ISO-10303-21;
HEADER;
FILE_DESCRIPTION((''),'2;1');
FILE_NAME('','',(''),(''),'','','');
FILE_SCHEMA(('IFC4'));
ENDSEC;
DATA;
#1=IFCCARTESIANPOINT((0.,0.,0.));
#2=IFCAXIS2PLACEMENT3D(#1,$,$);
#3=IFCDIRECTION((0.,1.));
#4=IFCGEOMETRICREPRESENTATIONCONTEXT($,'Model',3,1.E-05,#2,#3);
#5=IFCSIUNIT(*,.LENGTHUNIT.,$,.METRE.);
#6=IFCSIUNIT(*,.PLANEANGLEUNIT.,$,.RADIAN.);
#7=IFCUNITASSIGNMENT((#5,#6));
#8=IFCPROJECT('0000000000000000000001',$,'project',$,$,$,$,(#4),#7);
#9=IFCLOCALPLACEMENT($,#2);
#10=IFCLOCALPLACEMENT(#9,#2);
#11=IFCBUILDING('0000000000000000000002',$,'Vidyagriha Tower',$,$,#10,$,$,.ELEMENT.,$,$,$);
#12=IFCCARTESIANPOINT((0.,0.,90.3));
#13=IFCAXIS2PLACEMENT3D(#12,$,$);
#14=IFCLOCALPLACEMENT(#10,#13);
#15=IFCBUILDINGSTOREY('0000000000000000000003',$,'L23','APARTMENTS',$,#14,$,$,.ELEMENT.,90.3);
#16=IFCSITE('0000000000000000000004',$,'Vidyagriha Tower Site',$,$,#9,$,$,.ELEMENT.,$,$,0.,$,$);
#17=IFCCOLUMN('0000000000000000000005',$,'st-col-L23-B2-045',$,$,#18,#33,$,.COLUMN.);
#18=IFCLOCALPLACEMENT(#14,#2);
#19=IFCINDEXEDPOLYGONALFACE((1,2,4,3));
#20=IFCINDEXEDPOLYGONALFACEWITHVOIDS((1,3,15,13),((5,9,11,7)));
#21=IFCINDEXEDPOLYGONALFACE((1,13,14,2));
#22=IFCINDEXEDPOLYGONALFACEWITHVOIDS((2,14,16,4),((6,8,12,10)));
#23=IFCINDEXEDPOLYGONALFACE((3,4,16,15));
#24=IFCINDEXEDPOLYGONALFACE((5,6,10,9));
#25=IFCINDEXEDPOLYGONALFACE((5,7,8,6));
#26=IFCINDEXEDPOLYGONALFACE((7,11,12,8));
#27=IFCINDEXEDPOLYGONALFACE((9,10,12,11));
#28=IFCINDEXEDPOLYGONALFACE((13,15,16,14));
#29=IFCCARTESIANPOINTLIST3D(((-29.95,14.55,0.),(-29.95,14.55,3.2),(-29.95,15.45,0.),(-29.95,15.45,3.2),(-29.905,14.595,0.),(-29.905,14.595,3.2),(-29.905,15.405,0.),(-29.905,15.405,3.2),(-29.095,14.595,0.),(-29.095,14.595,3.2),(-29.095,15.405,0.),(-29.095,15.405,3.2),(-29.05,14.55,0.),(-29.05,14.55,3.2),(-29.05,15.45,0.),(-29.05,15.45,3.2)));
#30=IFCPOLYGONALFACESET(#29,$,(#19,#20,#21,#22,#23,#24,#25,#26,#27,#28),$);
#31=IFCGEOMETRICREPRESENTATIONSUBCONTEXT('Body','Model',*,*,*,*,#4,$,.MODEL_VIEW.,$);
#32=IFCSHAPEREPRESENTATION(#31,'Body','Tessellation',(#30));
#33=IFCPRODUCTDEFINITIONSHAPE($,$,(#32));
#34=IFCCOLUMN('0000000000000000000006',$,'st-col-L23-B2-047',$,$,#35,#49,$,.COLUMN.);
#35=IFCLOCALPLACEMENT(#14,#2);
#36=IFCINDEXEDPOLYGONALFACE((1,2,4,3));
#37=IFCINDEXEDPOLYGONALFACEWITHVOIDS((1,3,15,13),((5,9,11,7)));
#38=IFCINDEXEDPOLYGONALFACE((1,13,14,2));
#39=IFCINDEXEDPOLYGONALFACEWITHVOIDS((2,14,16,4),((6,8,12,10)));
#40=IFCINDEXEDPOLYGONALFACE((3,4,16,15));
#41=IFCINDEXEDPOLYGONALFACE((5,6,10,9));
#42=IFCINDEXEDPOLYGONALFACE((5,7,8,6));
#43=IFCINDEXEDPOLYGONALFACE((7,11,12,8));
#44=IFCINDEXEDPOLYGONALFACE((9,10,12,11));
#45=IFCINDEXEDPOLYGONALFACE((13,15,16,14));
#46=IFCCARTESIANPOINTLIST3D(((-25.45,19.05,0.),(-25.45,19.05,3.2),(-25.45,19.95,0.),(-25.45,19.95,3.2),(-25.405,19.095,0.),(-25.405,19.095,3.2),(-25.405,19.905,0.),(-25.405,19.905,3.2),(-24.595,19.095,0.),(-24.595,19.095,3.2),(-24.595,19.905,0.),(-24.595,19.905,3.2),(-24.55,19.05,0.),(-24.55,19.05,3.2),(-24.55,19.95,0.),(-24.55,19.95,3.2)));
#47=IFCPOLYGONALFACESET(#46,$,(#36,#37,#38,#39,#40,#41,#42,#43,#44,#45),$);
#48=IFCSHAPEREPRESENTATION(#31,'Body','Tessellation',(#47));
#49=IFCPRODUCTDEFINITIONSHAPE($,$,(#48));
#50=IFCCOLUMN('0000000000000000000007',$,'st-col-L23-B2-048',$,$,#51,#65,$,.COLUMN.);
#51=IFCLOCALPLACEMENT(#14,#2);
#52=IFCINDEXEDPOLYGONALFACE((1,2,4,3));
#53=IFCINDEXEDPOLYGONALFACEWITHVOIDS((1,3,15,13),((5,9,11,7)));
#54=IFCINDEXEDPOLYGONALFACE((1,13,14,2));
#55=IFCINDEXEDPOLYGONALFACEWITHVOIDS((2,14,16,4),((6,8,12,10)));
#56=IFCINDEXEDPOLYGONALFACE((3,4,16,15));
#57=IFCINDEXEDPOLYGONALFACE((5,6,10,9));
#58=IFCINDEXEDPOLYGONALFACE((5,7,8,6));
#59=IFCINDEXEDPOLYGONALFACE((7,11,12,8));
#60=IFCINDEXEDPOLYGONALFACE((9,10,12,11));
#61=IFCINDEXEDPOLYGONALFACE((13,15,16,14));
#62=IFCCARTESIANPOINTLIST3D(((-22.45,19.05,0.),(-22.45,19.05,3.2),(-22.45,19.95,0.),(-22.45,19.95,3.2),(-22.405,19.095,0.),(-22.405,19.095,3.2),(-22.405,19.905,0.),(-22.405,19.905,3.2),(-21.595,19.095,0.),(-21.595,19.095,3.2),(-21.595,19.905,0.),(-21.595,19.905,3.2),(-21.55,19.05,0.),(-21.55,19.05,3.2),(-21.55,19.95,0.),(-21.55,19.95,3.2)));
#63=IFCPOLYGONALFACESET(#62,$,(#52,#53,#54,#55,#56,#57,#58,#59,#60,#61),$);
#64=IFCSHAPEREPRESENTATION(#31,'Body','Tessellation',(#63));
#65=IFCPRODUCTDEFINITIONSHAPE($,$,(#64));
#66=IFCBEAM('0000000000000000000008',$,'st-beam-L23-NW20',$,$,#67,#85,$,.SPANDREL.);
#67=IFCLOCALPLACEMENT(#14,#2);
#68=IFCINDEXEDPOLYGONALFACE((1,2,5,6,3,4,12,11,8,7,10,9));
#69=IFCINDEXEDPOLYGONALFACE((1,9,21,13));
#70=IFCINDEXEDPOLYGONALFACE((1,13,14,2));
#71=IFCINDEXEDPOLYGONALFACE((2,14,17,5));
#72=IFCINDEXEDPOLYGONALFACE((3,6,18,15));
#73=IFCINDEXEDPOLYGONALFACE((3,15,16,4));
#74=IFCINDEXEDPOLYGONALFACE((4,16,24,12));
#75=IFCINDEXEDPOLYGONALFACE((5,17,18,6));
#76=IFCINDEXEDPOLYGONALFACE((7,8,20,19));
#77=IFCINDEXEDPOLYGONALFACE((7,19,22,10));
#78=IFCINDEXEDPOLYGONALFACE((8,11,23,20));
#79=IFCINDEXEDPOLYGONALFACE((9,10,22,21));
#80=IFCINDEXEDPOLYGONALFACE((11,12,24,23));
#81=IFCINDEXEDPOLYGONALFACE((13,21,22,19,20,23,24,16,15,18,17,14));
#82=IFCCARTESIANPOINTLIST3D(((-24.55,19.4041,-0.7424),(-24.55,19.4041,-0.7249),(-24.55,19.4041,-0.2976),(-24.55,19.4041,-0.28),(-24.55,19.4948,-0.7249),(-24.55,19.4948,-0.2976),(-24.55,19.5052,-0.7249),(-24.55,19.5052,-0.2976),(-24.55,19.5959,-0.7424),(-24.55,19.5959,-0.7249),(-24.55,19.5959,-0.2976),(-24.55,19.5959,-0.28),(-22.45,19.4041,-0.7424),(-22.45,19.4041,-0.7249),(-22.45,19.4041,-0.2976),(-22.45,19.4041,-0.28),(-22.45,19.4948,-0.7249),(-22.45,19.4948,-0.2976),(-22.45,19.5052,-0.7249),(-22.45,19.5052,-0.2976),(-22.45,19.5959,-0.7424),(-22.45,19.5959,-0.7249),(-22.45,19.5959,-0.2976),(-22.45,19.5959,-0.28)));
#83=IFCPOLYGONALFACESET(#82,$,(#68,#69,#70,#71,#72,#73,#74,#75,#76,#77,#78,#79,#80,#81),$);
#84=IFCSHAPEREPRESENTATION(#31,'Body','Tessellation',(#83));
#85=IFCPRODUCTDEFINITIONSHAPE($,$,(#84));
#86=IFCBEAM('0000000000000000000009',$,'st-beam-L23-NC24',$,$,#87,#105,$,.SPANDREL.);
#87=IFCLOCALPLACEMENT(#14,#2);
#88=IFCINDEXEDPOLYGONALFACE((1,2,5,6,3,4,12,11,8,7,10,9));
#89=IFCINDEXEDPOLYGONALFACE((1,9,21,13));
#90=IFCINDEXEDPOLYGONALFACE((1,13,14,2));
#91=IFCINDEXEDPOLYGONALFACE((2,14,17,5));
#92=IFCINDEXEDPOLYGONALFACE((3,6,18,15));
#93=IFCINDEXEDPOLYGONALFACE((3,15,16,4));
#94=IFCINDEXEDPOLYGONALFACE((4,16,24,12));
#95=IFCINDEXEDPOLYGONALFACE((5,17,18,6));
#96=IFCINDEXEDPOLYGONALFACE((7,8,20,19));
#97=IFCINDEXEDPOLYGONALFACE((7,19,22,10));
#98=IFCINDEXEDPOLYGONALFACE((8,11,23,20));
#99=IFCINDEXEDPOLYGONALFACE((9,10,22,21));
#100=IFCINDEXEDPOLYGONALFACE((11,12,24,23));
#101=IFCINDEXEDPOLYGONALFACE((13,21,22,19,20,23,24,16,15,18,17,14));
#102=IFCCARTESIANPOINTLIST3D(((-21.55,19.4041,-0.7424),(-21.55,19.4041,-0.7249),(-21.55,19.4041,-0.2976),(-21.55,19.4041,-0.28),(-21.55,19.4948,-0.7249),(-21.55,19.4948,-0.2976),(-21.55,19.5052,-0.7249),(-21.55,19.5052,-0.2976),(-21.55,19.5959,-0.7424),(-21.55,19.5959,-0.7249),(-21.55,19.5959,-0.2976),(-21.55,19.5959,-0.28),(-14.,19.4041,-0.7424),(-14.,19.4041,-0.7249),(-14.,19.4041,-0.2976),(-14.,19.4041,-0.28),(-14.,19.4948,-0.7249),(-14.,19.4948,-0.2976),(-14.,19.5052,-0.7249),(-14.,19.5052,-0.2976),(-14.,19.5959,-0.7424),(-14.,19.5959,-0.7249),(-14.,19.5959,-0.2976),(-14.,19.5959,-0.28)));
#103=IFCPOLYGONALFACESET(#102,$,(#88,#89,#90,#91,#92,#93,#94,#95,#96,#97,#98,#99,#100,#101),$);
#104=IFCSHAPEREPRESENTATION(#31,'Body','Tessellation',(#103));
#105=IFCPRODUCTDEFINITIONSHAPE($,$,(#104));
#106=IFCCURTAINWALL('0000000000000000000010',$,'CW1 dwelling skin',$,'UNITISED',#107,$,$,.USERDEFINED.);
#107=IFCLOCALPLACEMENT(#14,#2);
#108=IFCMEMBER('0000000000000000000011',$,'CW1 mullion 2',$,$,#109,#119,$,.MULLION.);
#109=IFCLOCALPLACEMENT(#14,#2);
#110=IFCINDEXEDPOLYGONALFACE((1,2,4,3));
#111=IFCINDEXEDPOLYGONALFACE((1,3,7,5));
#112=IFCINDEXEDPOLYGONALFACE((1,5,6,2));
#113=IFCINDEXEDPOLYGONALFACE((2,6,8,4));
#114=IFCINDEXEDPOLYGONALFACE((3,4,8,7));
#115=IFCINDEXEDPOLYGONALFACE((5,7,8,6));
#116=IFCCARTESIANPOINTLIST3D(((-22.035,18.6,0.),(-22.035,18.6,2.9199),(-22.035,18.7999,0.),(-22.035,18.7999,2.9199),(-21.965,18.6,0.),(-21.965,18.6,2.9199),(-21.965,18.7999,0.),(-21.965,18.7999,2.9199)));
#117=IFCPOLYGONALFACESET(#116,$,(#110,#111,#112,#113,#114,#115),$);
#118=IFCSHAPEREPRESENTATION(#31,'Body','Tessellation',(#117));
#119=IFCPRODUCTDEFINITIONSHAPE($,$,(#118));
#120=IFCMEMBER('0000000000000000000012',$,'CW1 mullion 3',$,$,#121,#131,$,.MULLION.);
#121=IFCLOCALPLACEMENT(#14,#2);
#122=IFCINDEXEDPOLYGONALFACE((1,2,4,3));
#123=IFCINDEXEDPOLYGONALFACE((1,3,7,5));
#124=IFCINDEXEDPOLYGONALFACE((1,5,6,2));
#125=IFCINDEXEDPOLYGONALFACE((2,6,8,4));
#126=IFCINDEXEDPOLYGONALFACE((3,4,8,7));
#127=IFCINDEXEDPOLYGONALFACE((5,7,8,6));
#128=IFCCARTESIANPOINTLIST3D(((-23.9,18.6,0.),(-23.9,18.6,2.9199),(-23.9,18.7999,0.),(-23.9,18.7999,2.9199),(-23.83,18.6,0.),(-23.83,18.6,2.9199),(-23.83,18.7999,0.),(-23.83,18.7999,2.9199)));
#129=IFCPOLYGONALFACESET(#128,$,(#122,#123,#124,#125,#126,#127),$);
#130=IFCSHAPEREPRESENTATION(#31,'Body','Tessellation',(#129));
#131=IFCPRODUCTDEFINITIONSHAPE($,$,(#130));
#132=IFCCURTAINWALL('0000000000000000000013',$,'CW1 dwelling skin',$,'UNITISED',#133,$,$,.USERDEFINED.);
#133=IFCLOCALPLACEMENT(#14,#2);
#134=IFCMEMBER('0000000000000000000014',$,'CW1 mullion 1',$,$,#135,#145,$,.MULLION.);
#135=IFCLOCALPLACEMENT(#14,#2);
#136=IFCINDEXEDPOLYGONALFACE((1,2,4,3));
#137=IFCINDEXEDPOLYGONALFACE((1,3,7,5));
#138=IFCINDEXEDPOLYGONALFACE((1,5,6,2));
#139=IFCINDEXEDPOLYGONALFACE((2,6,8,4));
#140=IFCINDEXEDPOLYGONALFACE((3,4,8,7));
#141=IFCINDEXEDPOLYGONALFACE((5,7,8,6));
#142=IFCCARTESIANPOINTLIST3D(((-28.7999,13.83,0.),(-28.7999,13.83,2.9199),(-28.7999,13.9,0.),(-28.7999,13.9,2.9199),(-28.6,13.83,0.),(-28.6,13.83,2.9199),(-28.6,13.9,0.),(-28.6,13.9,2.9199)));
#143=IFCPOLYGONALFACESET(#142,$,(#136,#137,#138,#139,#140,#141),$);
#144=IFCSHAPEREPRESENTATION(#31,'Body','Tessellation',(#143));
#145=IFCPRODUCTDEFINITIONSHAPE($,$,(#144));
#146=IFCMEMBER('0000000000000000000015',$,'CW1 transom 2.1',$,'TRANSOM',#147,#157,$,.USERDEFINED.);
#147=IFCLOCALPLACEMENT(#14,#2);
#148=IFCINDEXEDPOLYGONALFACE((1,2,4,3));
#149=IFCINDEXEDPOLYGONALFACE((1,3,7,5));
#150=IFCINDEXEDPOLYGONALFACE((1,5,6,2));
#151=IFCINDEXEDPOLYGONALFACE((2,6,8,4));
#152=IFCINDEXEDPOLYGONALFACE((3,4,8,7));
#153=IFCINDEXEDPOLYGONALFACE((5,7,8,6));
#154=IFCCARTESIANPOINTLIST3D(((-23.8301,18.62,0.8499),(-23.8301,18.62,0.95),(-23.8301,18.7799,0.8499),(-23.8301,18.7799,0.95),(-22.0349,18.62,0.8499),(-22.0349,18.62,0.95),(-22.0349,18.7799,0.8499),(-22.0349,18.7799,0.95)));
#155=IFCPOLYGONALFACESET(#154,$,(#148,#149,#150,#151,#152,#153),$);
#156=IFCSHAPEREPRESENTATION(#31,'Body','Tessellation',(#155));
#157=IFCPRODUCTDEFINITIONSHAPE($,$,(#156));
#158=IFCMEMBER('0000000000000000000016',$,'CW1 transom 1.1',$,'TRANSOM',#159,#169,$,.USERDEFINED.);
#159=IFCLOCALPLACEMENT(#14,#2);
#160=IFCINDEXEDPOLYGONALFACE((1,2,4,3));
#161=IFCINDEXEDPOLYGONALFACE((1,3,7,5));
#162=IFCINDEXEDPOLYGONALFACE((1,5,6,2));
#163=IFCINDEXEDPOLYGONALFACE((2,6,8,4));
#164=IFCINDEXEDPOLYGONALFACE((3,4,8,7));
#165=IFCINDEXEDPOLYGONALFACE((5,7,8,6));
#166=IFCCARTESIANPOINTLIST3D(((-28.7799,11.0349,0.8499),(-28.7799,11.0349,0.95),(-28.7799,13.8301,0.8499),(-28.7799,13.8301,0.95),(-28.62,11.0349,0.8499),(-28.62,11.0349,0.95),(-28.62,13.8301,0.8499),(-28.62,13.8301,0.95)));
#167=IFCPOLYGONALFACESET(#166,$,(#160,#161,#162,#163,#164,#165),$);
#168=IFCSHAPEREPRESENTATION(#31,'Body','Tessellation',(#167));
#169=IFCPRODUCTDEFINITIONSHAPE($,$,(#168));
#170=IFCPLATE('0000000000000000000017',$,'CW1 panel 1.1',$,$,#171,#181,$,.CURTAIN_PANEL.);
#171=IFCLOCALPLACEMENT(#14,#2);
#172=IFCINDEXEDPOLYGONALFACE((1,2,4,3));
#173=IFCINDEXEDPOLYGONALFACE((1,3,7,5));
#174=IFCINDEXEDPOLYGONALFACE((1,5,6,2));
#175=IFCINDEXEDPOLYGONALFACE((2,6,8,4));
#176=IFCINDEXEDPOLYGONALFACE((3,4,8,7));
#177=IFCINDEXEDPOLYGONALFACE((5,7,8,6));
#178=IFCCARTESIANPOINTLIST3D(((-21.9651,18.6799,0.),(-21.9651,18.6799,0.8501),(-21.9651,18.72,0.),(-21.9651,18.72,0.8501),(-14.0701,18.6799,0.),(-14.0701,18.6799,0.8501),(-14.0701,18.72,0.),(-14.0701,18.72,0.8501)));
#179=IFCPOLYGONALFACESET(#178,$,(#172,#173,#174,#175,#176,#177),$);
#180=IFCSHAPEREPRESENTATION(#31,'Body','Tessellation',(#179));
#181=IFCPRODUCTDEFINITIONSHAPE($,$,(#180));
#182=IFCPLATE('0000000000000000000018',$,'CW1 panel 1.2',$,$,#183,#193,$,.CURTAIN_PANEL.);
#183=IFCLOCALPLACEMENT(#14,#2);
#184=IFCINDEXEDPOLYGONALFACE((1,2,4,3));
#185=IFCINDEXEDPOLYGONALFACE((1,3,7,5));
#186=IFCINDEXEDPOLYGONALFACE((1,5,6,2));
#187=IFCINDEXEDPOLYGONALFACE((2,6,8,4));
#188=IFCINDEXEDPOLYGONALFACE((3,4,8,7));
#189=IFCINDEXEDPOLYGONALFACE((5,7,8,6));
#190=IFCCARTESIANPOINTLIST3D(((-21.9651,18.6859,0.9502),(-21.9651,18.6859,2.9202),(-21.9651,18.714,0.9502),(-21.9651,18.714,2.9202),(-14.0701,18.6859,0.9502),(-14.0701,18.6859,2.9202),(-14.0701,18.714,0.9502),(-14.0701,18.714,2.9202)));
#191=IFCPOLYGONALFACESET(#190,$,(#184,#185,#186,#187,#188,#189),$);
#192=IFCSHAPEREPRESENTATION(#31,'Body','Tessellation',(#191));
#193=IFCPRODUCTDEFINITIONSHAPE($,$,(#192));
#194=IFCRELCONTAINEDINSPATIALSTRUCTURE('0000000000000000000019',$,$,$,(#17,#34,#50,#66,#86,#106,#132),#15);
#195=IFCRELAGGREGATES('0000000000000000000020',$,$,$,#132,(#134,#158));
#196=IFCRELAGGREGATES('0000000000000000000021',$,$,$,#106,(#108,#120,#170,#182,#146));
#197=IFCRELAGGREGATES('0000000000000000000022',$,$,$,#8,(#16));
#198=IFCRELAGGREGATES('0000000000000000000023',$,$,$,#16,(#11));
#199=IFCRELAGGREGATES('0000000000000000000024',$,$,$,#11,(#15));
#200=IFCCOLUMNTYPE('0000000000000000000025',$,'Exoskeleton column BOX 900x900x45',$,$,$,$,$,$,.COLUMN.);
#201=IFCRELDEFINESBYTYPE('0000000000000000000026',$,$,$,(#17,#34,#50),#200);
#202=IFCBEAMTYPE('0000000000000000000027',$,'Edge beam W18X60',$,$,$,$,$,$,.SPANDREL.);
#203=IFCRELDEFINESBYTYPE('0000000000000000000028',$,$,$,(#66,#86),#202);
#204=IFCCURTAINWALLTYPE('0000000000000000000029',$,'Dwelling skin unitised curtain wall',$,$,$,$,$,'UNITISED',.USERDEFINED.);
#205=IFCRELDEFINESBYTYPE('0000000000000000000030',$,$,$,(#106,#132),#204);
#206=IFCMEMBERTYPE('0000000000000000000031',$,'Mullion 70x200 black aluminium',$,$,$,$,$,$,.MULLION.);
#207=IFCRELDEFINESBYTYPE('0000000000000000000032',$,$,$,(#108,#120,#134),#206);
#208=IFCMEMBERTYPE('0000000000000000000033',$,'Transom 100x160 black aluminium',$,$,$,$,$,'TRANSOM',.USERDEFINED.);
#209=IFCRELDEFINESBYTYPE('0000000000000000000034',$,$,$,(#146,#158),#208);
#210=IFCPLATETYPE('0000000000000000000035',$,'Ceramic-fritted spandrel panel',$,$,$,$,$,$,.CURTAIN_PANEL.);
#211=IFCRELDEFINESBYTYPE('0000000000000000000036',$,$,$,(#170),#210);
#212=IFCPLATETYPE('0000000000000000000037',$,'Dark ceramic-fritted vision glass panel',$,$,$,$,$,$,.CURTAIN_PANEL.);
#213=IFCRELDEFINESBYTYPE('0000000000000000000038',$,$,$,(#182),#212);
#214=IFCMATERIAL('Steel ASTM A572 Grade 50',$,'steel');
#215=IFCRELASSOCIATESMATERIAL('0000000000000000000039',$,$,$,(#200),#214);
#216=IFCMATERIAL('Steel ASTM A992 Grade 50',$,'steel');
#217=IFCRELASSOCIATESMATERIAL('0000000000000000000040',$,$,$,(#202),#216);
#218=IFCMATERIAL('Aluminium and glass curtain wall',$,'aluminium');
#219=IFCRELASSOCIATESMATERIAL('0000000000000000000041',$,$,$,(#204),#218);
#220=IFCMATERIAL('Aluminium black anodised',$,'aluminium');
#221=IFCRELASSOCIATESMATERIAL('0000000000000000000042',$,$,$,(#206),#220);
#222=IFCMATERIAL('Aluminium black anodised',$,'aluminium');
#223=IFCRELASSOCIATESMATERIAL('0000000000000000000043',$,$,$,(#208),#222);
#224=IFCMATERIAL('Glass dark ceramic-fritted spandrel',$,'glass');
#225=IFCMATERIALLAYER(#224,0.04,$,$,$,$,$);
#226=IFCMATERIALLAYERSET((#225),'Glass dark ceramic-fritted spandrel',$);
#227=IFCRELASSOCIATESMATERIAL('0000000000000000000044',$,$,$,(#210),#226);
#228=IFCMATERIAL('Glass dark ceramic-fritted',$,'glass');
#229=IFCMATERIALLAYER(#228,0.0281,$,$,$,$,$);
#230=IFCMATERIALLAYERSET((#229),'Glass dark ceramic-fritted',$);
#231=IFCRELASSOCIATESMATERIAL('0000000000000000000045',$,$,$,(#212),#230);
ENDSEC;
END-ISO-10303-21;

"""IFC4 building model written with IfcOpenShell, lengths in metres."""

from ifc_helpers import new_model, si_unit, direction, frame, origin, origin_2d, place, context, subcontext, project, spatial, rectangle, hollow_rectangle, i_section, extrude, material, layer, layer_set, material_profile, profile_set, type_object, element, aggregate, save


model = new_model("IFC4")

# Units and contexts
model_context = context("Model", 3, precision=1e-05, world=origin(), true_north=direction((0.0, 1.0)))
body_context = subcontext(model_context, "Body", "Model", "MODEL_VIEW")
ifc_project = project(units=[si_unit("LENGTHUNIT", "METRE"), si_unit("PLANEANGLEUNIT", "RADIAN")], contexts=[model_context])

# Site, building, storey
site_placement = place(None, origin())
site = spatial("IfcSite", under=ifc_project, at=site_placement, Name="Vidyagriha Tower Site", CompositionType="ELEMENT", RefElevation=0.0)
building_placement = place(site_placement, origin())
building = spatial("IfcBuilding", under=site, at=building_placement, Name="Vidyagriha Tower", CompositionType="ELEMENT")
storey_placement = place(building_placement, frame((0.0, 0.0, 90.3)))
storey = spatial("IfcBuildingStorey", under=building, at=storey_placement, Name="L23", Description="APARTMENTS", CompositionType="ELEMENT", Elevation=90.3)

# Columns
ifc_material_1 = material(Name="Steel ASTM A572 Grade 50", Category="steel")
ifc_material_profile_1 = material_profile(ifc_material_1, hollow_rectangle(XDim=0.8999, YDim=0.8999, WallThickness=0.0449, at=origin_2d()), Name="BOX 900x900x45")
ifc_profile_set_1 = profile_set([ifc_material_profile_1], Name="Steel ASTM A572 Grade 50")
column_type = type_object("IfcColumnType", Name="Exoskeleton column BOX 900x900x45", PredefinedType="COLUMN", material=ifc_profile_set_1)
for number, where, name in (
    (1, (-29.5, 15.0, 0.0), "st-col-L23-B2-045"),
    (2, (-25.0, 19.5, 0.0), "st-col-L23-B2-047"),
    (3, (-22.0, 19.5, 0.0), "st-col-L23-B2-048"),
):
    element("IfcColumn", number, at=place(storey_placement, frame(where)), inside=storey, type_object=column_type, Name=name, PredefinedType="COLUMN", context=body_context, shape_type="SweptSolid", body=[
        extrude(hollow_rectangle(XDim=0.8999, YDim=0.8999, WallThickness=0.0449, at=origin_2d()), origin(), (0.0, 0.0, 1.0), 3.2),
    ])

# Beams
ifc_material_2 = material(Name="Steel ASTM A992 Grade 50", Category="steel")
ifc_material_profile_2 = material_profile(ifc_material_2, i_section(OverallWidth=0.1919, OverallDepth=0.4624, WebThickness=0.0105, FlangeThickness=0.0176, at=origin_2d()), Name="W18X60")
ifc_profile_set_2 = profile_set([ifc_material_profile_2], Name="Steel ASTM A992 Grade 50")
beam_type = type_object("IfcBeamType", Name="Edge beam W18X60", PredefinedType="SPANDREL", material=ifc_profile_set_2)
beam_1_placement = place(storey_placement, frame((-24.55, 19.5, -0.5112), z_axis=(1.0, 0.0, 0.0), x_axis=(0.0, 1.0, 0.0)))
element("IfcBeam", 4, at=beam_1_placement, inside=storey, type_object=beam_type, Name="st-beam-L23-NW20", PredefinedType="SPANDREL", context=body_context, shape_type="SweptSolid", body=[
    extrude(i_section(OverallWidth=0.1919, OverallDepth=0.4624, WebThickness=0.0105, FlangeThickness=0.0176, at=origin_2d()), origin(), (0.0, 0.0, 1.0), 2.1001),
])
beam_2_placement = place(storey_placement, frame((-21.55, 19.5, -0.5112), z_axis=(1.0, 0.0, 0.0), x_axis=(0.0, 1.0, 0.0)))
element("IfcBeam", 5, at=beam_2_placement, inside=storey, type_object=beam_type, Name="st-beam-L23-NC24", PredefinedType="SPANDREL", context=body_context, shape_type="SweptSolid", body=[
    extrude(i_section(OverallWidth=0.1919, OverallDepth=0.4624, WebThickness=0.0105, FlangeThickness=0.0176, at=origin_2d()), origin(), (0.0, 0.0, 1.0), 7.55),
])

# Curtain wall, members
ifc_material_3 = material(Name="Aluminium and glass curtain wall", Category="aluminium")
curtain_wall_type = type_object("IfcCurtainWallType", Name="Dwelling skin unitised curtain wall", ElementType="UNITISED", PredefinedType="USERDEFINED", material=ifc_material_3)
curtain_wall_1_placement = place(storey_placement, origin())
curtain_wall_1 = element("IfcCurtainWall", 6, at=curtain_wall_1_placement, inside=storey, type_object=curtain_wall_type, Name="CW1 dwelling skin", ObjectType="UNITISED", PredefinedType="USERDEFINED")
ifc_material_4 = material(Name="Aluminium black anodised", Category="aluminium")
ifc_material_profile_3 = material_profile(ifc_material_4, rectangle(XDim=0.2, YDim=0.0701, at=origin_2d()), Name="Mullion 70x200 black aluminium")
ifc_profile_set_3 = profile_set([ifc_material_profile_3], Name="Aluminium black anodised")
member_type_1 = type_object("IfcMemberType", Name="Mullion 70x200 black aluminium", PredefinedType="MULLION", material=ifc_profile_set_3)
member_1_placement = place(storey_placement, frame((-22.0, 18.7, 0.0), z_axis=(0.0, 0.0, 1.0), x_axis=(0.0, -1.0, 0.0)))
member_1 = element("IfcMember", 7, at=member_1_placement, type_object=member_type_1, Name="CW1 mullion 2", PredefinedType="MULLION", context=body_context, shape_type="SweptSolid", body=[
    extrude(rectangle(XDim=0.2, YDim=0.0701, at=origin_2d()), origin(), (0.0, 0.0, 1.0), 2.9199),
])
member_2_placement = place(storey_placement, frame((-23.865, 18.7, 0.0), z_axis=(0.0, 0.0, 1.0), x_axis=(0.0, -1.0, 0.0)))
member_2 = element("IfcMember", 8, at=member_2_placement, type_object=member_type_1, Name="CW1 mullion 3", PredefinedType="MULLION", context=body_context, shape_type="SweptSolid", body=[
    extrude(rectangle(XDim=0.2, YDim=0.0701, at=origin_2d()), origin(), (0.0, 0.0, 1.0), 2.9199),
])

# Curtain wall, member
curtain_wall_2_placement = place(storey_placement, origin())
curtain_wall_2 = element("IfcCurtainWall", 9, at=curtain_wall_2_placement, inside=storey, type_object=curtain_wall_type, Name="CW1 dwelling skin", ObjectType="UNITISED", PredefinedType="USERDEFINED")
member_3_placement = place(storey_placement, frame((-28.7, 13.865, 0.0)))
member_3 = element("IfcMember", 10, at=member_3_placement, type_object=member_type_1, Name="CW1 mullion 1", PredefinedType="MULLION", context=body_context, shape_type="SweptSolid", body=[
    extrude(rectangle(XDim=0.2, YDim=0.0701, at=origin_2d()), origin(), (0.0, 0.0, 1.0), 2.9199),
])

# Members
ifc_material_5 = material(Name="Aluminium black anodised", Category="aluminium")
ifc_material_profile_4 = material_profile(ifc_material_5, rectangle(XDim=0.1599, YDim=0.1001, at=origin_2d()), Name="Transom 100x160 black aluminium")
ifc_profile_set_4 = profile_set([ifc_material_profile_4], Name="Aluminium black anodised")
member_type_2 = type_object("IfcMemberType", Name="Transom 100x160 black aluminium", ElementType="TRANSOM", PredefinedType="USERDEFINED", material=ifc_profile_set_4)
member_4_placement = place(storey_placement, frame((-22.0349, 18.7, 0.8999), z_axis=(-1.0, 0.0, 0.0), x_axis=(0.0, -1.0, 0.0)))
member_4 = element("IfcMember", 11, at=member_4_placement, type_object=member_type_2, Name="CW1 transom 2.1", ObjectType="TRANSOM", PredefinedType="USERDEFINED", context=body_context, shape_type="SweptSolid", body=[
    extrude(rectangle(XDim=0.1599, YDim=0.1001, at=origin_2d()), origin(), (0.0, 0.0, 1.0), 1.7952),
])
member_5_placement = place(storey_placement, frame((-28.7, 13.8301, 0.8999), z_axis=(0.0, -1.0, 0.0), x_axis=(1.0, 0.0, 0.0)))
member_5 = element("IfcMember", 12, at=member_5_placement, type_object=member_type_2, Name="CW1 transom 1.1", ObjectType="TRANSOM", PredefinedType="USERDEFINED", context=body_context, shape_type="SweptSolid", body=[
    extrude(rectangle(XDim=0.1599, YDim=0.1001, at=origin_2d()), origin(), (0.0, 0.0, 1.0), 2.7952),
])

# Plates
ifc_material_6 = material(Name="Glass dark ceramic-fritted spandrel", Category="glass")
ifc_layer_1 = layer(ifc_material_6, 0.04)
ifc_layer_set_1 = layer_set([ifc_layer_1], Name="Glass dark ceramic-fritted spandrel")
plate_type_1 = type_object("IfcPlateType", Name="Ceramic-fritted spandrel panel", PredefinedType="CURTAIN_PANEL", material=ifc_layer_set_1)
plate_1_placement = place(storey_placement, frame((-18.0176, 18.7, 0.0), z_axis=(0.0, 0.0, 1.0), x_axis=(-1.0, 0.0, 0.0)))
plate_1 = element("IfcPlate", 13, at=plate_1_placement, type_object=plate_type_1, Name="CW1 panel 1.1", PredefinedType="CURTAIN_PANEL", context=body_context, shape_type="SweptSolid", body=[
    extrude(rectangle(XDim=7.895, YDim=0.04, at=origin_2d()), origin(), (0.0, 0.0, 1.0), 0.8501),
])
ifc_material_7 = material(Name="Glass dark ceramic-fritted", Category="glass")
ifc_layer_2 = layer(ifc_material_7, 0.0281)
ifc_layer_set_2 = layer_set([ifc_layer_2], Name="Glass dark ceramic-fritted")
plate_type_2 = type_object("IfcPlateType", Name="Dark ceramic-fritted vision glass panel", PredefinedType="CURTAIN_PANEL", material=ifc_layer_set_2)
plate_2_placement = place(storey_placement, frame((-18.0176, 18.7, 0.9502), z_axis=(0.0, 0.0, 1.0), x_axis=(-1.0, 0.0, 0.0)))
plate_2 = element("IfcPlate", 14, at=plate_2_placement, type_object=plate_type_2, Name="CW1 panel 1.2", PredefinedType="CURTAIN_PANEL", context=body_context, shape_type="SweptSolid", body=[
    extrude(rectangle(XDim=7.895, YDim=0.0281, at=origin_2d()), origin(), (0.0, 0.0, 1.0), 1.97),
])
aggregate(curtain_wall_2, [member_3, member_5])
aggregate(curtain_wall_1, [member_1, member_2, plate_1, plate_2, member_4])

save(model, "model.ifc")
